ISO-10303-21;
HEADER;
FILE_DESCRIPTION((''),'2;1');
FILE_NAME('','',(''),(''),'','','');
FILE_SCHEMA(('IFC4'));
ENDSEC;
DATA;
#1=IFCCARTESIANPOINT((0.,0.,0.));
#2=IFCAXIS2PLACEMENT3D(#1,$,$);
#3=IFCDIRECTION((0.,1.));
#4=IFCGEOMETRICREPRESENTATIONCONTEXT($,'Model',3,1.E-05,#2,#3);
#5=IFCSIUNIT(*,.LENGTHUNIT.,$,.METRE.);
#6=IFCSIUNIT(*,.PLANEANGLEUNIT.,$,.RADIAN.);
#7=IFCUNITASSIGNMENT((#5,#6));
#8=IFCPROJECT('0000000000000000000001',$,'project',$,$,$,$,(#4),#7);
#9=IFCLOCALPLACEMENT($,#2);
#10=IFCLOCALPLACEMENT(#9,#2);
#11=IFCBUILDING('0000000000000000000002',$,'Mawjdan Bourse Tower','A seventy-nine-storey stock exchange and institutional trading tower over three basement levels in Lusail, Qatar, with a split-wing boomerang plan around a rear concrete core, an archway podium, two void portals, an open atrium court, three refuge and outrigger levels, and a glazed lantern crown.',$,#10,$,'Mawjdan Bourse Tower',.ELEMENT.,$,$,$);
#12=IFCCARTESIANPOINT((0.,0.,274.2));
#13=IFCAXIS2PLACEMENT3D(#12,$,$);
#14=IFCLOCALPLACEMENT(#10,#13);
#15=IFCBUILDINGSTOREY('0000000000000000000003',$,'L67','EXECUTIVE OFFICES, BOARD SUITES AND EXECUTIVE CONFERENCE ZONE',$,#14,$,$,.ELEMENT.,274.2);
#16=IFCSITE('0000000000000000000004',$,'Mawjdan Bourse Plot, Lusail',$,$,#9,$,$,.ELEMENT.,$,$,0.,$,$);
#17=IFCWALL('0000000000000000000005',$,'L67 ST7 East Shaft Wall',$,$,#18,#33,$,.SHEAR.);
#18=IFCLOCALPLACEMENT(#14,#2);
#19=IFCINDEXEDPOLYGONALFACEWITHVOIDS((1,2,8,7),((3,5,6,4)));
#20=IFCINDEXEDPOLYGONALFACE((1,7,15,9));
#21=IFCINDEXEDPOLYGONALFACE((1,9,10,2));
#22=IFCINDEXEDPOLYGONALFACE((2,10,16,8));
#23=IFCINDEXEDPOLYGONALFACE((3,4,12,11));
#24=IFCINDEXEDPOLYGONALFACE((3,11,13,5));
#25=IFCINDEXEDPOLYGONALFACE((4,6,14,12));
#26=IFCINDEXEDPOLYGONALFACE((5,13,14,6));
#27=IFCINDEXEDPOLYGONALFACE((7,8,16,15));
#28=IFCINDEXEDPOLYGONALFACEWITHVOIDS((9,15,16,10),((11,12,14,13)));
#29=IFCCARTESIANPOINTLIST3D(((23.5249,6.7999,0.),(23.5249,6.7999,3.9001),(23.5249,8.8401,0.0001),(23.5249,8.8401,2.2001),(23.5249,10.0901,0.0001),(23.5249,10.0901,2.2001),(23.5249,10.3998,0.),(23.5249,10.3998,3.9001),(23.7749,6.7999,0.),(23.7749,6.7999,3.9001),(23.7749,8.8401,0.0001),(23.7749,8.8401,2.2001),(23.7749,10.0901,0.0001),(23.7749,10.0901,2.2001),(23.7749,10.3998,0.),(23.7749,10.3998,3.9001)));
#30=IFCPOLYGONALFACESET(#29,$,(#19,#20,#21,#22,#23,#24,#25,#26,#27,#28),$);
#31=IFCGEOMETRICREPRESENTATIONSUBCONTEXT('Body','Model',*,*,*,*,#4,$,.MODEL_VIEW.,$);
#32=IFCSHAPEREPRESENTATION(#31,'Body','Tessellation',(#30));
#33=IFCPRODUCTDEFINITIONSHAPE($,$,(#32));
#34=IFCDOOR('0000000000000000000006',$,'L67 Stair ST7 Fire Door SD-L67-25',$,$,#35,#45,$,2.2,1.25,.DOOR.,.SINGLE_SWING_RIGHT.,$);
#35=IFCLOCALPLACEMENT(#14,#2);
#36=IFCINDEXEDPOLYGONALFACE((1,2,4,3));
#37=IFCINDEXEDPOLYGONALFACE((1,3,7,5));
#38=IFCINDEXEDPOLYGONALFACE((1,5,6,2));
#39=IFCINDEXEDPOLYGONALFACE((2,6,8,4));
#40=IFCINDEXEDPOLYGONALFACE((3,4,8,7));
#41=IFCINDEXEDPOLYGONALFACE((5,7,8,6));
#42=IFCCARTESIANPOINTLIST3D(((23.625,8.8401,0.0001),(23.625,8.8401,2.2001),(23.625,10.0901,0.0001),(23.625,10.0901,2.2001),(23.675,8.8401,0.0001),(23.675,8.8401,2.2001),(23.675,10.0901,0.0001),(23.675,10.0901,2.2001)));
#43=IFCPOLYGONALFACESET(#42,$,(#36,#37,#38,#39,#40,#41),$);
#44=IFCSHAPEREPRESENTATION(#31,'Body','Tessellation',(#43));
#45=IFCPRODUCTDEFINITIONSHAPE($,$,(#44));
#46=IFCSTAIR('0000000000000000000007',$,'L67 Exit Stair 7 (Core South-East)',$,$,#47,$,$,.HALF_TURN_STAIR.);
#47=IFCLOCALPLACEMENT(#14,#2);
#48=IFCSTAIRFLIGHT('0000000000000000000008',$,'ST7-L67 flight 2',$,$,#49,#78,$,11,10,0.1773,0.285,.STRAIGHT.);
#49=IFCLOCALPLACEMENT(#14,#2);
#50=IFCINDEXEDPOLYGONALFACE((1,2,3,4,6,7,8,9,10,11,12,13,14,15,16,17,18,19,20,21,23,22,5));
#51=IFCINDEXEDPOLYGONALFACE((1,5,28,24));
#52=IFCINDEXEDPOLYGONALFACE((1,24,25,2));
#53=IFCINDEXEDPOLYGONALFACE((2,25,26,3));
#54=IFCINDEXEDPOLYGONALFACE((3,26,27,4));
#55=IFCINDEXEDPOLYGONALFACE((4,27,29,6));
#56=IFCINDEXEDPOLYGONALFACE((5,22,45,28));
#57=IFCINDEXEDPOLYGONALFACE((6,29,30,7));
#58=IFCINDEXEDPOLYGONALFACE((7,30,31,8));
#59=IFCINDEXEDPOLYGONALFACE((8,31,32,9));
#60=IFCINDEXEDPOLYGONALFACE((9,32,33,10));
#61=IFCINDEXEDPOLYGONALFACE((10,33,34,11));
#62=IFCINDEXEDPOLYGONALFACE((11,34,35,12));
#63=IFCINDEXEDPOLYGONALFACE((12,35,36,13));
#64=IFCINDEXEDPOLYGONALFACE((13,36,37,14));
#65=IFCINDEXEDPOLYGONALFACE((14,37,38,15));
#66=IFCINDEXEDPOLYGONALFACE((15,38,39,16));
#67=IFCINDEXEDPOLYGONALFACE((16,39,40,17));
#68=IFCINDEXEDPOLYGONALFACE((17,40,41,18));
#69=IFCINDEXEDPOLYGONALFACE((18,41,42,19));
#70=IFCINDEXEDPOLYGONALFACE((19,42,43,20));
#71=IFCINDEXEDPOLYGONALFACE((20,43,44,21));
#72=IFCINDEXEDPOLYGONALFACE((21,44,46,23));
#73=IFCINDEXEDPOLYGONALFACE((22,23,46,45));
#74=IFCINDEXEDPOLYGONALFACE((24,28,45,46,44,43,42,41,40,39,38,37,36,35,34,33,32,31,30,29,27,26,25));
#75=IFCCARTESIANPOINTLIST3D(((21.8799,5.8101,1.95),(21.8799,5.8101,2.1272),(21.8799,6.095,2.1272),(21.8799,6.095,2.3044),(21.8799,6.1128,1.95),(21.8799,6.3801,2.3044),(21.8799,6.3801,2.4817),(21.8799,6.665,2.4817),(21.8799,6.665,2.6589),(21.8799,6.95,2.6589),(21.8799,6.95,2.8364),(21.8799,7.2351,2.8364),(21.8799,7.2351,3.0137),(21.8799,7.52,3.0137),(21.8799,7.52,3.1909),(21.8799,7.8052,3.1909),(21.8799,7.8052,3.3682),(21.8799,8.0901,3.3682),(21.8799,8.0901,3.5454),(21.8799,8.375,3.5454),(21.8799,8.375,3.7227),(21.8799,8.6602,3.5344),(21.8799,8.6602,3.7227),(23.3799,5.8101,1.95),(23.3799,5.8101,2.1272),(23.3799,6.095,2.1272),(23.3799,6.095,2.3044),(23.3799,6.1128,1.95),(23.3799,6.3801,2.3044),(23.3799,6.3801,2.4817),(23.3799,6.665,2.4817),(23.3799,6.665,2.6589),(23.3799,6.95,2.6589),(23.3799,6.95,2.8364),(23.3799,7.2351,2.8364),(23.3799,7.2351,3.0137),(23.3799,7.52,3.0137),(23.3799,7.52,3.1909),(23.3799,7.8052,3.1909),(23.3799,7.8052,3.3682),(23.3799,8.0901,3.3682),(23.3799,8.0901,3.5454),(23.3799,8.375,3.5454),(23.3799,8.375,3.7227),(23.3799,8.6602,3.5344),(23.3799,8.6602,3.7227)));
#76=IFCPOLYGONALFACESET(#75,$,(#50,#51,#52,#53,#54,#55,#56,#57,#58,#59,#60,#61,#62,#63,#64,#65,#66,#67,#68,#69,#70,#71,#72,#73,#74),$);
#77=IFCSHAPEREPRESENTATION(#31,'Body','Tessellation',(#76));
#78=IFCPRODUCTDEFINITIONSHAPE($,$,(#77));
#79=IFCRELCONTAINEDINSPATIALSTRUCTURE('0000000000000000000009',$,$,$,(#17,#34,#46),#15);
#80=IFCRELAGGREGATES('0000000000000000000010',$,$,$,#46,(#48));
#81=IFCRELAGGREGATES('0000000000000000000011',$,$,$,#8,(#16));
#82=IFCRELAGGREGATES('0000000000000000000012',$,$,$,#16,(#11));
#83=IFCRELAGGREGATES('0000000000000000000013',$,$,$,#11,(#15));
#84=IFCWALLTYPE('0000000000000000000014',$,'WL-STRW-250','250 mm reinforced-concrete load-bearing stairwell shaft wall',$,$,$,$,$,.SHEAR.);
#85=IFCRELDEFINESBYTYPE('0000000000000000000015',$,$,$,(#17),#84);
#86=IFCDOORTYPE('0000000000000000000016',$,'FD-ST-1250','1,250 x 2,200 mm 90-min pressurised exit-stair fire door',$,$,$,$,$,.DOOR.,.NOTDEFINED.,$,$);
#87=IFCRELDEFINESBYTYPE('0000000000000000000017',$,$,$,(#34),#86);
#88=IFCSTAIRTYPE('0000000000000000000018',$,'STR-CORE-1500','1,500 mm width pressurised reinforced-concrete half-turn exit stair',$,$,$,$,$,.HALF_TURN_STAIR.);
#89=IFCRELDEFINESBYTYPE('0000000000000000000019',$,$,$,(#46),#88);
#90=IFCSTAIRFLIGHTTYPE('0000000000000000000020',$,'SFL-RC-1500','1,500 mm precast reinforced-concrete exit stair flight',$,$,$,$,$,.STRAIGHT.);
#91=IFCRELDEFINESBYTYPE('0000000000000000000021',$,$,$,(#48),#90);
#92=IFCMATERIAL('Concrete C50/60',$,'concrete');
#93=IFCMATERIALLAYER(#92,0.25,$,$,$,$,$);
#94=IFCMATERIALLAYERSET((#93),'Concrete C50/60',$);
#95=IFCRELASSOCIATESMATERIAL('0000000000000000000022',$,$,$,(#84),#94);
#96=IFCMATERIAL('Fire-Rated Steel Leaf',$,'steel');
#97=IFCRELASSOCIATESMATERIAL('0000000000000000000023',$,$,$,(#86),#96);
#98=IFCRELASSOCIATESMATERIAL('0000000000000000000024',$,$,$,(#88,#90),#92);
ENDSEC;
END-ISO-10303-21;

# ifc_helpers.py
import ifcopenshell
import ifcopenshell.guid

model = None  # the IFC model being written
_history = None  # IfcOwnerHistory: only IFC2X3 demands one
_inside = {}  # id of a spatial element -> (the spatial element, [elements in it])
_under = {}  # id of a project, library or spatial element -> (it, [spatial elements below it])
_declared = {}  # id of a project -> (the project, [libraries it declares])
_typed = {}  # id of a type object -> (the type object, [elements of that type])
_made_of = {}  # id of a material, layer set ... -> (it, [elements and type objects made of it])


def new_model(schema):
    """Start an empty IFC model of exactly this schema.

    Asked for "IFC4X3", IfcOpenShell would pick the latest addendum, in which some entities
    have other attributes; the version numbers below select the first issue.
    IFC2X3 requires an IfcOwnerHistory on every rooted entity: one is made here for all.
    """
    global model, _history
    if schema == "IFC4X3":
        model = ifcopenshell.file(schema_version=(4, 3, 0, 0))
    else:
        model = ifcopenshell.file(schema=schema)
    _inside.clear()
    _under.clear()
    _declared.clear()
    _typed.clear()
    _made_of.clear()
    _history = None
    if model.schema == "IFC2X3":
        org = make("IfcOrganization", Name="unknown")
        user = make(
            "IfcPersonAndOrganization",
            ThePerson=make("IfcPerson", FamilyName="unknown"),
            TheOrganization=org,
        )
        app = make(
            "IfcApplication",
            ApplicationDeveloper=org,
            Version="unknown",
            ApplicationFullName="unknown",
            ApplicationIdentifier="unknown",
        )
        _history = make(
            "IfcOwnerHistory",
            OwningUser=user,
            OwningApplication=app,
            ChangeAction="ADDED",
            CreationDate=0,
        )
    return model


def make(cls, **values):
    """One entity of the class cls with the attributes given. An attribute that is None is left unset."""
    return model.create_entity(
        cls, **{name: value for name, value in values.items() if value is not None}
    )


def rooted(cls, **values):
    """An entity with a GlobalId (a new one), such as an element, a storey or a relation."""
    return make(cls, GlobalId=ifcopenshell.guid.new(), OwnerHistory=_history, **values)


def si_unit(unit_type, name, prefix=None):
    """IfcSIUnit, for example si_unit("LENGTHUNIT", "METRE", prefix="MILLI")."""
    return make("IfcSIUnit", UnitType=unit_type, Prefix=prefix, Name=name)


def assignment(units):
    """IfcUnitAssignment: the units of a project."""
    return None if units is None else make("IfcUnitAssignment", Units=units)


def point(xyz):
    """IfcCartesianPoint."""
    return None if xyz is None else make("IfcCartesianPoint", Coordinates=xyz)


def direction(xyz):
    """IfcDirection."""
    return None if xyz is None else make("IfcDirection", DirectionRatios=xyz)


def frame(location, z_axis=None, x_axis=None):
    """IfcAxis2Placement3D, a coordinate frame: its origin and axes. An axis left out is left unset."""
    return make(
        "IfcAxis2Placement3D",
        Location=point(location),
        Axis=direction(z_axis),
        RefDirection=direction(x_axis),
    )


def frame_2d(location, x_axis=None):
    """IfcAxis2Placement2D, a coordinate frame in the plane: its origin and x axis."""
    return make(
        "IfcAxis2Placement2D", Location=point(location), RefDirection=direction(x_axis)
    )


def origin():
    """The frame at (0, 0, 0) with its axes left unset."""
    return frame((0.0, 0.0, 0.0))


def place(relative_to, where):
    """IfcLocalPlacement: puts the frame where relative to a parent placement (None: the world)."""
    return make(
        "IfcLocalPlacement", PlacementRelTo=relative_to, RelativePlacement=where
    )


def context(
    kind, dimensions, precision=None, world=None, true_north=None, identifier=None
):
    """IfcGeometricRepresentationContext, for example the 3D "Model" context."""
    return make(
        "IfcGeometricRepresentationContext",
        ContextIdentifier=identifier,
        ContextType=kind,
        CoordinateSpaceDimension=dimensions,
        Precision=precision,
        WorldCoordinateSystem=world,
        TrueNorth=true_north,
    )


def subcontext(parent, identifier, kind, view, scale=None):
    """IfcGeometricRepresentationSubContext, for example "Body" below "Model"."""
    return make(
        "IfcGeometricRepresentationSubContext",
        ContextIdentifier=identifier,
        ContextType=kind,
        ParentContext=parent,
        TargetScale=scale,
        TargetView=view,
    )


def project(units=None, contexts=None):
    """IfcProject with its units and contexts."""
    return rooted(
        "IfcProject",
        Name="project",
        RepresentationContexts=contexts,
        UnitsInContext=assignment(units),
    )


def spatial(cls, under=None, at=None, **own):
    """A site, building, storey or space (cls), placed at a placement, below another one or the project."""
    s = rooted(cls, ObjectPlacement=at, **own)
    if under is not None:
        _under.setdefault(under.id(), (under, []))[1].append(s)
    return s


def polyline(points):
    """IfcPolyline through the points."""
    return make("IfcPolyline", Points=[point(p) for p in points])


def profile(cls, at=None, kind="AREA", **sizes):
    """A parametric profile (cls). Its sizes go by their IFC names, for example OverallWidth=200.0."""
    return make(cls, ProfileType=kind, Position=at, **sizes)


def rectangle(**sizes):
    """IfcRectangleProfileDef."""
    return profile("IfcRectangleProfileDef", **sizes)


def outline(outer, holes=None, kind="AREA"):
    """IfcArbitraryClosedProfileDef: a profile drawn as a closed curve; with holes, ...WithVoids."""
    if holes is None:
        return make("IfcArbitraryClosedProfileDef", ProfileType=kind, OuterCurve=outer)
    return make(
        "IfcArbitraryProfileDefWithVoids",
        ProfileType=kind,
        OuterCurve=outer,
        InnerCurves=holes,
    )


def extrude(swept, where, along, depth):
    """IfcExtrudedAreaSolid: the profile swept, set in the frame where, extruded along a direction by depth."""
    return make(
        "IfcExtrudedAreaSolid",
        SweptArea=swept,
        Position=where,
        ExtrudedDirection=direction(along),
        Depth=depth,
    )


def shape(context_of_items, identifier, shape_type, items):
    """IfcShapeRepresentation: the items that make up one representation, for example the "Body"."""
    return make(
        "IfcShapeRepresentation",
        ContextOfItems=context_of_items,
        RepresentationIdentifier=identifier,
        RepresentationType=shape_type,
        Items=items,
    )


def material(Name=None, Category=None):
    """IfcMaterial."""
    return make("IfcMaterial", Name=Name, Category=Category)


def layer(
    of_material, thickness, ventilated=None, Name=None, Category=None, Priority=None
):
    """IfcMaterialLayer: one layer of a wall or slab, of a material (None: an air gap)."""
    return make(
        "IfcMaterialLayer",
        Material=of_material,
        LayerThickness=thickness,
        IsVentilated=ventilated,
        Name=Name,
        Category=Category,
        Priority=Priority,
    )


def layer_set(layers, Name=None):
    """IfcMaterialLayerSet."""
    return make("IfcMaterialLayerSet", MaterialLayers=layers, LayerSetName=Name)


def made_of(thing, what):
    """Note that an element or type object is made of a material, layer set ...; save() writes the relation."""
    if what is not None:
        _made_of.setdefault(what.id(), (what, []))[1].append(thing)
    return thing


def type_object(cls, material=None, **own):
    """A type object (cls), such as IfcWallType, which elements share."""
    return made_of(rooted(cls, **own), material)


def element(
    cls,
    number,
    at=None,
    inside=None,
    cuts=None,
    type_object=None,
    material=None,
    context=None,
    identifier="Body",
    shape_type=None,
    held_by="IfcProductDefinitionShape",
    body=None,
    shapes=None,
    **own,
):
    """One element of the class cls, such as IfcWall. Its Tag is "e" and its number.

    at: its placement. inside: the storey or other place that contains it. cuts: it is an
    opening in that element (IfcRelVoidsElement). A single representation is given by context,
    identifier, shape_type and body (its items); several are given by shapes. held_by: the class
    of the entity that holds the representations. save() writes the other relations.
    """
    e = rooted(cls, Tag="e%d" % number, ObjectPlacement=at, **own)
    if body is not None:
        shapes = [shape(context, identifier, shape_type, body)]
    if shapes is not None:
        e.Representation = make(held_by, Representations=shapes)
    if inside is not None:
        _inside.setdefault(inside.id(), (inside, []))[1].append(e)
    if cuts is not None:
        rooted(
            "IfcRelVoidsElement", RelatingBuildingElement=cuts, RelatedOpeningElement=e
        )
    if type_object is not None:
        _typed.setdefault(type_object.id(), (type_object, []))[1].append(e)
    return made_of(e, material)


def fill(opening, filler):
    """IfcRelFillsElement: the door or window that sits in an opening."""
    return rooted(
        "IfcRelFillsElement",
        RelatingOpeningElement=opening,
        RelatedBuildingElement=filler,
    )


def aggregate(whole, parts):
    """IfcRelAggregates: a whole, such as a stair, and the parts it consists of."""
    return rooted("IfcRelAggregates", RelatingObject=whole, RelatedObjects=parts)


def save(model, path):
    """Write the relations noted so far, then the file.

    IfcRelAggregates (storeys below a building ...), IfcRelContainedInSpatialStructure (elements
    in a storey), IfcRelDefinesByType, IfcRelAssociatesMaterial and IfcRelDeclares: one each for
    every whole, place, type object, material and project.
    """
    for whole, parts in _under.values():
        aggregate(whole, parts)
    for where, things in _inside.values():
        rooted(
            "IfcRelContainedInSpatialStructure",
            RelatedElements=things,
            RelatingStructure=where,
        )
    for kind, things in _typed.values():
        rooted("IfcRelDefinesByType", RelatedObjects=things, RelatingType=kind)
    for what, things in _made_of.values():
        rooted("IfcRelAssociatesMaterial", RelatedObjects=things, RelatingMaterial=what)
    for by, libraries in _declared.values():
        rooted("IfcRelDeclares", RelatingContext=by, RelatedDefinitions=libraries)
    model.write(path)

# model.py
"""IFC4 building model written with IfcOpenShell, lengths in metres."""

from ifc_helpers import new_model, si_unit, direction, frame, frame_2d, origin, place, context, subcontext, project, spatial, polyline, rectangle, outline, extrude, material, layer, layer_set, type_object, element, fill, aggregate, save


model = new_model("IFC4")

# Units and contexts
model_context = context("Model", 3, precision=1e-05, world=origin(), true_north=direction((0.0, 1.0)))
body_context = subcontext(model_context, "Body", "Model", "MODEL_VIEW")
ifc_project = project(units=[si_unit("LENGTHUNIT", "METRE"), si_unit("PLANEANGLEUNIT", "RADIAN")], contexts=[model_context])

# Site, building, storey
site_placement = place(None, origin())
site = spatial("IfcSite", under=ifc_project, at=site_placement, Name="Mawjdan Bourse Plot, Lusail", CompositionType="ELEMENT", RefElevation=0.0)
building_placement = place(site_placement, origin())
building = spatial("IfcBuilding", under=site, at=building_placement, Name="Mawjdan Bourse Tower", Description="A seventy-nine-storey stock exchange and institutional trading tower over three basement levels in Lusail, Qatar, with a split-wing boomerang plan around a rear concrete core, an archway podium, two void portals, an open atrium court, three refuge and outrigger levels, and a glazed lantern crown.", LongName="Mawjdan Bourse Tower", CompositionType="ELEMENT")
storey_placement = place(building_placement, frame((0.0, 0.0, 274.2)))
storey = spatial("IfcBuildingStorey", under=building, at=storey_placement, Name="L67", Description="EXECUTIVE OFFICES, BOARD SUITES AND EXECUTIVE CONFERENCE ZONE", CompositionType="ELEMENT", Elevation=274.2)

# Wall, opening, door
ifc_material_1 = material(Name="Concrete C50/60", Category="concrete")
ifc_layer_1 = layer(ifc_material_1, 0.25)
ifc_layer_set_1 = layer_set([ifc_layer_1], Name="Concrete C50/60")
wall_type_1 = type_object("IfcWallType", Name="WL-STRW-250", Description="250 mm reinforced-concrete load-bearing stairwell shaft wall", PredefinedType="SHEAR", material=ifc_layer_set_1)
wall_1_placement = place(storey_placement, frame((23.6499, 6.8, 0.0), z_axis=(0.0, 0.0, 1.0), x_axis=(0.0, 1.0, 0.0)))
wall_1 = element("IfcWall", 1, at=wall_1_placement, inside=storey, type_object=wall_type_1, Name="L67 ST7 East Shaft Wall", PredefinedType="SHEAR", context=body_context, shape_type="SweptSolid", body=[
    extrude(rectangle(XDim=3.5999, YDim=0.25, at=frame_2d((1.7998, 0.0))), origin(), (0.0, 0.0, 1.0), 3.9001),
])
opening_1_placement = place(wall_1_placement, frame((2.04, 0.0, 0.0)))
opening_1 = element("IfcOpeningElement", 2, at=opening_1_placement, cuts=wall_1, PredefinedType="OPENING", context=body_context, shape_type="SweptSolid", body=[
    extrude(rectangle(XDim=1.25, YDim=2.2, at=frame_2d((0.625, 1.1001))), frame((0.0, 0.135, 0.0), z_axis=(0.0, -1.0, 0.0), x_axis=(1.0, 0.0, 0.0)), (0.0, 0.0, 1.0), 0.27),
])
ifc_material_2 = material(Name="Fire-Rated Steel Leaf", Category="steel")
door_type_1 = type_object("IfcDoorType", Name="FD-ST-1250", Description="1,250 x 2,200 mm 90-min pressurised exit-stair fire door", OperationType="NOTDEFINED", PredefinedType="DOOR", material=ifc_material_2)
door_1_placement = place(opening_1_placement, origin())
door_1 = element("IfcDoor", 3, at=door_1_placement, inside=storey, type_object=door_type_1, Name="L67 Stair ST7 Fire Door SD-L67-25", OperationType="SINGLE_SWING_RIGHT", OverallHeight=2.2, OverallWidth=1.25, PredefinedType="DOOR", context=body_context, shape_type="SweptSolid", body=[
    extrude(rectangle(XDim=1.25, YDim=2.2, at=frame_2d((0.625, 1.1001))), frame((0.0, 0.0249, 0.0), z_axis=(0.0, -1.0, 0.0), x_axis=(1.0, 0.0, 0.0)), (0.0, 0.0, 1.0), 0.05),
])
fill(opening_1, door_1)

# Stair, stair flight
stair_type = type_object("IfcStairType", Name="STR-CORE-1500", Description="1,500 mm width pressurised reinforced-concrete half-turn exit stair", PredefinedType="HALF_TURN_STAIR", material=ifc_material_1)
stair_placement = place(storey_placement, origin())
stair = element("IfcStair", 4, at=stair_placement, inside=storey, type_object=stair_type, Name="L67 Exit Stair 7 (Core South-East)", PredefinedType="HALF_TURN_STAIR")
stair_flight_type = type_object("IfcStairFlightType", Name="SFL-RC-1500", Description="1,500 mm precast reinforced-concrete exit stair flight", PredefinedType="STRAIGHT", material=ifc_material_1)
stair_flight_placement = place(storey_placement, frame((22.6299, 5.8101, 1.95), z_axis=(0.0, 0.0, 1.0), x_axis=(0.0, 1.0, 0.0)))
stair_flight = element("IfcStairFlight", 5, at=stair_flight_placement, type_object=stair_flight_type, Name="ST7-L67 flight 2", NumberOfRisers=11, NumberOfTreads=10, PredefinedType="STRAIGHT", RiserHeight=0.1773, TreadLength=0.285, context=body_context, shape_type="SweptSolid", body=[
    extrude(outline(polyline([(0.0, 0.0), (0.0, 0.1772), (0.2849, 0.1772), (0.2849, 0.3545), (0.5701, 0.3545), (0.5701, 0.5317), (0.855, 0.5317), (0.855, 0.709), (1.1399, 0.709), (1.1399, 0.8865), (1.425, 0.8865), (1.425, 1.0637), (1.71, 1.0637), (1.71, 1.241), (1.9951, 1.241), (1.9951, 1.4182), (2.28, 1.4182), (2.28, 1.5955), (2.5649, 1.5955), (2.5649, 1.7727), (2.8501, 1.7727), (2.8501, 1.95), (2.8501, 1.5845), (0.3027, 0.0), (0.0, 0.0)])), frame((0.0, 0.75, 0.0), z_axis=(0.0, -1.0, 0.0), x_axis=(1.0, 0.0, 0.0)), (0.0, 0.0, 1.0), 1.5),
])
aggregate(stair, [stair_flight])

save(model, "model.ifc")
